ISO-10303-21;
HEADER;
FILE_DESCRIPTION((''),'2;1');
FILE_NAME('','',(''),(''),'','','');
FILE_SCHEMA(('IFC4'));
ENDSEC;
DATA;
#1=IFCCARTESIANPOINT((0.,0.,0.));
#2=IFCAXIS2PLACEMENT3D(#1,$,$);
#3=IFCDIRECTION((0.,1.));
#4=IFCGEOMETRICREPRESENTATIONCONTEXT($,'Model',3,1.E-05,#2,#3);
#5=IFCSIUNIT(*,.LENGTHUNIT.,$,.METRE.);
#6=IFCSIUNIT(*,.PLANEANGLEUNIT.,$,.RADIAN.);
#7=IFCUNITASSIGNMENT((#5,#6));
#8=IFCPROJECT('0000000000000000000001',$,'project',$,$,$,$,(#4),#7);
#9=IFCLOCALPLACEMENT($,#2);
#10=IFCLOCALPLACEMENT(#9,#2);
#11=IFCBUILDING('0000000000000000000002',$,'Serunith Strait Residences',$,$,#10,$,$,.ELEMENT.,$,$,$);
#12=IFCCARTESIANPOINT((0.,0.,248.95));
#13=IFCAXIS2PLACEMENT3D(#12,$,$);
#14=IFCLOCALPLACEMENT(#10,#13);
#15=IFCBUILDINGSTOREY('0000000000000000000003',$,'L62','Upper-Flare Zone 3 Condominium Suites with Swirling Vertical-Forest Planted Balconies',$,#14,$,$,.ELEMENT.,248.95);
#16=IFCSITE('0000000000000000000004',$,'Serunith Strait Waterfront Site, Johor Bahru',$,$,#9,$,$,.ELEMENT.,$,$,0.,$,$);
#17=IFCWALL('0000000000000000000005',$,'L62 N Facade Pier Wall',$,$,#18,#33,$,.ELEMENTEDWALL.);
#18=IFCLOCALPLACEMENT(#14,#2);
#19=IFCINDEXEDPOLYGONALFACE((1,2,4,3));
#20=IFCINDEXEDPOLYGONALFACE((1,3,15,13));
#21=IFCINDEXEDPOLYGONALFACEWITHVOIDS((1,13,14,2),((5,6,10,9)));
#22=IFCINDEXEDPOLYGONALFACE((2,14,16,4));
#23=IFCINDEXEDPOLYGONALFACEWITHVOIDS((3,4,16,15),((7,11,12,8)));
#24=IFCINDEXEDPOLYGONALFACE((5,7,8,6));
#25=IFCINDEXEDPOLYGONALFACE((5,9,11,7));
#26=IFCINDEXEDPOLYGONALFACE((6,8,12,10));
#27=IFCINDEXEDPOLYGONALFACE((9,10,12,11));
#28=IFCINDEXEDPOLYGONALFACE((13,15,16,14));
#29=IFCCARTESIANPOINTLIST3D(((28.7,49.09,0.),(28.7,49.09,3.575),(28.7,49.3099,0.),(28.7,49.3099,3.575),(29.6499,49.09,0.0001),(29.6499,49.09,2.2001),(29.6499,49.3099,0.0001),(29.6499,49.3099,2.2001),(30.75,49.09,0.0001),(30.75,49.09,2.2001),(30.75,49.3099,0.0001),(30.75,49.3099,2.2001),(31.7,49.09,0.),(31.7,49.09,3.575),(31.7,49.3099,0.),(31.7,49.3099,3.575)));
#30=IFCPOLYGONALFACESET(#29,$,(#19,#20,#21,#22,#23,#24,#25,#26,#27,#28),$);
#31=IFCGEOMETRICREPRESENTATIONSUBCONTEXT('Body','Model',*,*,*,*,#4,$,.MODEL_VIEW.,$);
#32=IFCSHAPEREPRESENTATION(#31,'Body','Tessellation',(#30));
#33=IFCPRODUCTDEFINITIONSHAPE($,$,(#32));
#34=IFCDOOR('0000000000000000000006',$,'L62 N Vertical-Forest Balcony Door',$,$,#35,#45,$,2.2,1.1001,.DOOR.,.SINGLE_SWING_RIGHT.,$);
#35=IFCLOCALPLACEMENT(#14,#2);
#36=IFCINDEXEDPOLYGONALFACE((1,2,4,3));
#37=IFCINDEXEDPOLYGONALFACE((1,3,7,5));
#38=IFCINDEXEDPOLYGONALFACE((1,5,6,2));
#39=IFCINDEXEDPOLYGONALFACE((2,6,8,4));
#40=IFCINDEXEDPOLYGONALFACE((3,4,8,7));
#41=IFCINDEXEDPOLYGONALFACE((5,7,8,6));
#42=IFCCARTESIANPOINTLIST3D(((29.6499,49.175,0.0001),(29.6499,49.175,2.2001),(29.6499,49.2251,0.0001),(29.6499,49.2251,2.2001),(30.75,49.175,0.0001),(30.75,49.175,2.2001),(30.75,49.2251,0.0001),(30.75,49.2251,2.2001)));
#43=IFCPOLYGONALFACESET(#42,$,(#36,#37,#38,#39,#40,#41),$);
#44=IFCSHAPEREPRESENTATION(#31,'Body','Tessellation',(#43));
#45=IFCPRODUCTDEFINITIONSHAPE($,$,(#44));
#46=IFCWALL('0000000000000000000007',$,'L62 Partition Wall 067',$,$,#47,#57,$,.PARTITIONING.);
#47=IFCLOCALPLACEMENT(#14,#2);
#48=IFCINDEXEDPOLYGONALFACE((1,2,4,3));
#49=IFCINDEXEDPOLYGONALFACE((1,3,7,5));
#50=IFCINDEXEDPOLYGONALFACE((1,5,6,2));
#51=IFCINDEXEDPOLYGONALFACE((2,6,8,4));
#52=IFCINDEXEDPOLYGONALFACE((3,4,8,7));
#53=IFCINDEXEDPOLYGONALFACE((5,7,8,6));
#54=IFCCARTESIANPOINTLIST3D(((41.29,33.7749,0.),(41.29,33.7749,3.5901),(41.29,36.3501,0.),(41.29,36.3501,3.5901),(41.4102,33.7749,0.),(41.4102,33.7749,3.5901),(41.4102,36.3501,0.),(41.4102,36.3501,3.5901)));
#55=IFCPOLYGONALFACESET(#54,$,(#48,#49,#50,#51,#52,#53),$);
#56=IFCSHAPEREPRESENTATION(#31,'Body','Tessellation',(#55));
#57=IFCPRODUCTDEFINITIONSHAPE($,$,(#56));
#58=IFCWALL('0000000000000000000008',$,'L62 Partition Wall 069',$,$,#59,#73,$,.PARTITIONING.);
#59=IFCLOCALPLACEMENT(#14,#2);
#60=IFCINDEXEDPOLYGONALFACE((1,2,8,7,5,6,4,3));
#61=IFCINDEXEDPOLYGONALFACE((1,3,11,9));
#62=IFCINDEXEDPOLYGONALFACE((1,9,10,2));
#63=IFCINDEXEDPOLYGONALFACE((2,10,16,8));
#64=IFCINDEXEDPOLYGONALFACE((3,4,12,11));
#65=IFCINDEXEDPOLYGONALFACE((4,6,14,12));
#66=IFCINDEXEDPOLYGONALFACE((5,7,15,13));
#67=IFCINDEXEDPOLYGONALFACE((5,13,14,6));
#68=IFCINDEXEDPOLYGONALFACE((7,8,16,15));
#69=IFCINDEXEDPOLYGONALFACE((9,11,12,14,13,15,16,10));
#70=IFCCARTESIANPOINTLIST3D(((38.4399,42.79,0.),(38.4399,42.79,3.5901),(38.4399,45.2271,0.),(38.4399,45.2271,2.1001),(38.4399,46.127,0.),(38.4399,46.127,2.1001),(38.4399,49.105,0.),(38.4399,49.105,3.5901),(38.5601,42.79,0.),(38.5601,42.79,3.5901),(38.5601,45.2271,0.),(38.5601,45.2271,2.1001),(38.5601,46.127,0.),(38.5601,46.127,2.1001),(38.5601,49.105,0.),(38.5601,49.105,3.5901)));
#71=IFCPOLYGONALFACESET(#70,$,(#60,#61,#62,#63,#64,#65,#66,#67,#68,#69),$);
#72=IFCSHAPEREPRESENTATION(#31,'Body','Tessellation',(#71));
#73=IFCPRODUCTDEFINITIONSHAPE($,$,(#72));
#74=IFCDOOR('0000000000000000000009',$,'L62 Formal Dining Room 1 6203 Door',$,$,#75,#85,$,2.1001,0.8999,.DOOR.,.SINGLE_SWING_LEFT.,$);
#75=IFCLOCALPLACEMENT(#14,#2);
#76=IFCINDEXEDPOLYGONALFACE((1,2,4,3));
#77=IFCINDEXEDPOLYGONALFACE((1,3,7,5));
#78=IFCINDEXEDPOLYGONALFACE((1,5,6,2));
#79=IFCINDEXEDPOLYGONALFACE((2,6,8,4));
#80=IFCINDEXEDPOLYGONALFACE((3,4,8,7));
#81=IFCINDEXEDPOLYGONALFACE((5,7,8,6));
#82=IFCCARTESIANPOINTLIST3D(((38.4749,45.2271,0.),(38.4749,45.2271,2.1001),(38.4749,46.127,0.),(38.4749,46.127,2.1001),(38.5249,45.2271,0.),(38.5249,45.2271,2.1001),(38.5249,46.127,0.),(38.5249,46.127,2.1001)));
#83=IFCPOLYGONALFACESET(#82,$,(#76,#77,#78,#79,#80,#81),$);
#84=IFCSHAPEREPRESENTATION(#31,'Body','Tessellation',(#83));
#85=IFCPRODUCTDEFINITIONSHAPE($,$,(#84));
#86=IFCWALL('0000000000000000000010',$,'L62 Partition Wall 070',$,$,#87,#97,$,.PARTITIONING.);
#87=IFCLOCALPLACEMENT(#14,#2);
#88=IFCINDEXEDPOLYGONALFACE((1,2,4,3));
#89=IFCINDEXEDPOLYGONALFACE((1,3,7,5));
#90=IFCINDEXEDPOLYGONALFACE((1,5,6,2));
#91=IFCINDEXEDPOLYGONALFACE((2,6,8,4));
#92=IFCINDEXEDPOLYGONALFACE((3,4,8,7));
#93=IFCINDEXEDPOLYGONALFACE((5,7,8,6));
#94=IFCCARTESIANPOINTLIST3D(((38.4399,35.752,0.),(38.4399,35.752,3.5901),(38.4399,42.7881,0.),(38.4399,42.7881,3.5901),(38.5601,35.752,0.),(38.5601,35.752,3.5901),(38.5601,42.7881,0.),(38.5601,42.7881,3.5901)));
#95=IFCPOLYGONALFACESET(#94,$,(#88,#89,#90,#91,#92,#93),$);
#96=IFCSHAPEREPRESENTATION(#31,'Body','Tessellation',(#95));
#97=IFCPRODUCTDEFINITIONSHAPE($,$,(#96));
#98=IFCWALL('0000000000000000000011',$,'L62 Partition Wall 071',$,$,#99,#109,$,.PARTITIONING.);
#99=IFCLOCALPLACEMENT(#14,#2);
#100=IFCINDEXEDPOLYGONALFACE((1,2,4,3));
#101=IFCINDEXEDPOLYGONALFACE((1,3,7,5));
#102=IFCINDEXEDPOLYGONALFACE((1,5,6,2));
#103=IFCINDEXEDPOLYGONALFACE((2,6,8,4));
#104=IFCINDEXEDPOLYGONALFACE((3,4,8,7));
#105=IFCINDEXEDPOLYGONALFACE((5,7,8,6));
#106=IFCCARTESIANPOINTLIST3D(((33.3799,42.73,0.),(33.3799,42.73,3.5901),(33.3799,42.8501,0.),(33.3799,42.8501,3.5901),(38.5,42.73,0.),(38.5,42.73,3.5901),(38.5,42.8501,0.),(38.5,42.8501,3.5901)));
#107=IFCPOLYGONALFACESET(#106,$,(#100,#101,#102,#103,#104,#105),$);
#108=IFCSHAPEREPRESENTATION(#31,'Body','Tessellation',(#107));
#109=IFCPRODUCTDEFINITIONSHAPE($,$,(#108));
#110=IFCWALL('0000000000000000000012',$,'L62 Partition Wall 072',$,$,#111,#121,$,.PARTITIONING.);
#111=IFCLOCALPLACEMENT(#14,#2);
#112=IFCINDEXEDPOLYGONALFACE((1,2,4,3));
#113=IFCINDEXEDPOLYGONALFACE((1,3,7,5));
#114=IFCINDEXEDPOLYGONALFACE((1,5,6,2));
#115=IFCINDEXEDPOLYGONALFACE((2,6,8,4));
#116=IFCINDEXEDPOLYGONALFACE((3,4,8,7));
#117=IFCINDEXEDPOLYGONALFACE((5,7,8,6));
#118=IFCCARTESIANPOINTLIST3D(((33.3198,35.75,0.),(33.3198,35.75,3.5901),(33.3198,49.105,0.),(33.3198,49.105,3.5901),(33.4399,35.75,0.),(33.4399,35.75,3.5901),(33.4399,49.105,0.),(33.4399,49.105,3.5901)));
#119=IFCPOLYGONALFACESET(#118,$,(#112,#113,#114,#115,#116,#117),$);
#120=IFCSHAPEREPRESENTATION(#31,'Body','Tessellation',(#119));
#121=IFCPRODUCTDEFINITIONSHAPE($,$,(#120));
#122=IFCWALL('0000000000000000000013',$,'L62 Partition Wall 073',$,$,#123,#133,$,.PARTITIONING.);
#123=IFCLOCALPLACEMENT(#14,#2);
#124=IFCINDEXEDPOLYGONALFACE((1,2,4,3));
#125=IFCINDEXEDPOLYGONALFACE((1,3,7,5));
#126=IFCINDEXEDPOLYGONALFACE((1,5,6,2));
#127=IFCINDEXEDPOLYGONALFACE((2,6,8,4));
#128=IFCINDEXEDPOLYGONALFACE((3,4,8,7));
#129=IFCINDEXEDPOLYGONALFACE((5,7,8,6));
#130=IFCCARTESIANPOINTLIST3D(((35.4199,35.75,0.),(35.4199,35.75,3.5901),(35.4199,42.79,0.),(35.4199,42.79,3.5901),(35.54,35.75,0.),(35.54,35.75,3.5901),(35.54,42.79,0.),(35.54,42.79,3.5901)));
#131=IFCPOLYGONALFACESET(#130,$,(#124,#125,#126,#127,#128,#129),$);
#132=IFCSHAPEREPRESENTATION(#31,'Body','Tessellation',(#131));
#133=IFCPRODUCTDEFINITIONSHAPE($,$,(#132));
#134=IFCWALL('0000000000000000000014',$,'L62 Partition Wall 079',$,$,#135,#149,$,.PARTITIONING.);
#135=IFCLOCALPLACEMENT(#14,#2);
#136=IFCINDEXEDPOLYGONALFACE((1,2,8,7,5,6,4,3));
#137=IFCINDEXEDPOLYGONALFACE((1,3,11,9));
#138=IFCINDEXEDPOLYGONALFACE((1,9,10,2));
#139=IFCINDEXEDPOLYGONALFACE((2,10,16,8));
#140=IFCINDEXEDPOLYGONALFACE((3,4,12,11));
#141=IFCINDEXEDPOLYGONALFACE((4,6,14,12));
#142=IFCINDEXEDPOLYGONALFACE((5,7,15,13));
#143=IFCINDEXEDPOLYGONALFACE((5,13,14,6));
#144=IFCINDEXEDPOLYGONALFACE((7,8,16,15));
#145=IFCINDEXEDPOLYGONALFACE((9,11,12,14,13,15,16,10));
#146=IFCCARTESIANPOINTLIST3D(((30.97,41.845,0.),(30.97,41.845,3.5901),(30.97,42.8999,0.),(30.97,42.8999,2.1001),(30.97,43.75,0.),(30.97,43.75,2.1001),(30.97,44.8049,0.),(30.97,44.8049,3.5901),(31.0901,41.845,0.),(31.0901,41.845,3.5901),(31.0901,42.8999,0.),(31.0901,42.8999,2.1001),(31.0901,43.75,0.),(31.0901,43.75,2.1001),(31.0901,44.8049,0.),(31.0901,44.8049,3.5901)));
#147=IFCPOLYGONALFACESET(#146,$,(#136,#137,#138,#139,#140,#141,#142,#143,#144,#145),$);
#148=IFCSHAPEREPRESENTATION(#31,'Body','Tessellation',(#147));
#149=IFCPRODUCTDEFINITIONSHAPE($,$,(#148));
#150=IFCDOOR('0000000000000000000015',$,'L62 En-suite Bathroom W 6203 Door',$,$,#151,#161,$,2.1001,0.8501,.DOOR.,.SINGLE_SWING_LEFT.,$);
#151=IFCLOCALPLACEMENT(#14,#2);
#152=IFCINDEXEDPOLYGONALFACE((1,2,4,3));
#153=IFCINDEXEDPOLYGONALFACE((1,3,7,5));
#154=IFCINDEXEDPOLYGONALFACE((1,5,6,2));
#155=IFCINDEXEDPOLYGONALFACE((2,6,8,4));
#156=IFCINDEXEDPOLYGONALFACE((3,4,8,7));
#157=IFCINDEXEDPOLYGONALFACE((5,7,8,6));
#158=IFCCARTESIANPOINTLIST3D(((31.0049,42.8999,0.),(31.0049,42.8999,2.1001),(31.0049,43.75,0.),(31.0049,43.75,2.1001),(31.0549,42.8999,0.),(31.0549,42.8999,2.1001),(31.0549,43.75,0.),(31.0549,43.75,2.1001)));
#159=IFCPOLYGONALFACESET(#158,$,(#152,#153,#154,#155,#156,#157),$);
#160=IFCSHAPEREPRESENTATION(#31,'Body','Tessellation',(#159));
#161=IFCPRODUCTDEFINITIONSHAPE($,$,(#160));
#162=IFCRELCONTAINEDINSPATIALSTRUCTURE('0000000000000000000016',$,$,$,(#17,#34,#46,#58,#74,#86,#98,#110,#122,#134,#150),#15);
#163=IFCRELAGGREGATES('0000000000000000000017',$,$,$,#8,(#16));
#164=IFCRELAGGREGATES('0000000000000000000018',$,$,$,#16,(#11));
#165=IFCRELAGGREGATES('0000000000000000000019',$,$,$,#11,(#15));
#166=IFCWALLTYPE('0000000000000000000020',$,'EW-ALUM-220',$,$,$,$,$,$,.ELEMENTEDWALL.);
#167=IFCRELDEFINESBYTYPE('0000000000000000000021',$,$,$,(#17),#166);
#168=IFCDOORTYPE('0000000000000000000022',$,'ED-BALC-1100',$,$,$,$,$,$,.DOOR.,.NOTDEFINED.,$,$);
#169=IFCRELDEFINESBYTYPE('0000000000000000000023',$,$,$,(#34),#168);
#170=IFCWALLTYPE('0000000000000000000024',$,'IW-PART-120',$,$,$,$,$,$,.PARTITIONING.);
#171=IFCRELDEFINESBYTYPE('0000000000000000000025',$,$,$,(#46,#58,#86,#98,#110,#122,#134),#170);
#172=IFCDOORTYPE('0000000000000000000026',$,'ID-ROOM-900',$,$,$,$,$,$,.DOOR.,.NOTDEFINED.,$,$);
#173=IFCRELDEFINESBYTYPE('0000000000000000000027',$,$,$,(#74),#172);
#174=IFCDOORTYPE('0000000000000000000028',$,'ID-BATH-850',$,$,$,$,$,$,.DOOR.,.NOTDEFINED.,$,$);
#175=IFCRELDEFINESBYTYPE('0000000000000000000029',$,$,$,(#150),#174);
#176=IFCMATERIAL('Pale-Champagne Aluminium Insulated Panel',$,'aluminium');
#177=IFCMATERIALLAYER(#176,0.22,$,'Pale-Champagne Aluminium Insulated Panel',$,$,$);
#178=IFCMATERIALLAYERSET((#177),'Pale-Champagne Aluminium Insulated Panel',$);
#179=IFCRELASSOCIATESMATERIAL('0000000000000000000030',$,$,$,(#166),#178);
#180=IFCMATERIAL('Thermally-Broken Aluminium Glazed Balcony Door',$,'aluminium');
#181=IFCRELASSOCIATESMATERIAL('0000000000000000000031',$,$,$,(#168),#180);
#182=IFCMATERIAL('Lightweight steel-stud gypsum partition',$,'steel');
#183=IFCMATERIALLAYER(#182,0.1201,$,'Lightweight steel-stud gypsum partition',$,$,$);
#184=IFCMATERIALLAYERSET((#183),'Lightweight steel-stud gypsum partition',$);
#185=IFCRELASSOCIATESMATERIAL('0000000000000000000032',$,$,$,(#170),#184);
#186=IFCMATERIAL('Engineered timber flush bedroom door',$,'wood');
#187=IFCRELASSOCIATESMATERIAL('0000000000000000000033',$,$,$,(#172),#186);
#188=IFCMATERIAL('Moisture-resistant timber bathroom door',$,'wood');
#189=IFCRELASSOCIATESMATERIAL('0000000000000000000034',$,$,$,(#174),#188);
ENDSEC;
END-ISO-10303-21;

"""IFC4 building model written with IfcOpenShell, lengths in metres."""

from ifc_helpers import new_model, si_unit, direction, frame, frame_2d, origin, place, context, subcontext, project, spatial, rectangle, extrude, source, transform, mapped, material, layer, layer_set, type_object, element, fill, save


model = new_model("IFC4")

# Units and contexts
model_context = context("Model", 3, precision=1e-05, world=origin(), true_north=direction((0.0, 1.0)))
body_context = subcontext(model_context, "Body", "Model", "MODEL_VIEW")
ifc_project = project(units=[si_unit("LENGTHUNIT", "METRE"), si_unit("PLANEANGLEUNIT", "RADIAN")], contexts=[model_context])

# Site, building, storey
site_placement = place(None, origin())
site = spatial("IfcSite", under=ifc_project, at=site_placement, Name="Serunith Strait Waterfront Site, Johor Bahru", CompositionType="ELEMENT", RefElevation=0.0)
building_placement = place(site_placement, origin())
building = spatial("IfcBuilding", under=site, at=building_placement, Name="Serunith Strait Residences", CompositionType="ELEMENT")
storey_placement = place(building_placement, frame((0.0, 0.0, 248.95)))
storey = spatial("IfcBuildingStorey", under=building, at=storey_placement, Name="L62", Description="Upper-Flare Zone 3 Condominium Suites with Swirling Vertical-Forest Planted Balconies", CompositionType="ELEMENT", Elevation=248.95)

# Wall, opening, door
ifc_material_1 = material(Name="Pale-Champagne Aluminium Insulated Panel", Category="aluminium")
ifc_layer_1 = layer(ifc_material_1, 0.22, Name="Pale-Champagne Aluminium Insulated Panel")
ifc_layer_set_1 = layer_set([ifc_layer_1], Name="Pale-Champagne Aluminium Insulated Panel")
wall_type_1 = type_object("IfcWallType", Name="EW-ALUM-220", PredefinedType="ELEMENTEDWALL", material=ifc_layer_set_1)
wall_1_placement = place(storey_placement, frame((31.7, 49.2, 0.0), z_axis=(0.0, 0.0, 1.0), x_axis=(-1.0, 0.0, 0.0)))
wall_1 = element("IfcWall", 1, at=wall_1_placement, inside=storey, type_object=wall_type_1, Name="L62 N Facade Pier Wall", PredefinedType="ELEMENTEDWALL", context=body_context, shape_type="SweptSolid", body=[
    extrude(rectangle(XDim=3.0, YDim=0.22, at=frame_2d((1.5, 0.0))), origin(), (0.0, 0.0, 1.0), 3.575),
])
opening_1_placement = place(wall_1_placement, frame((0.95, 0.0, 0.0)))
opening_1 = element("IfcOpeningElement", 2, at=opening_1_placement, cuts=wall_1, PredefinedType="OPENING", context=body_context, shape_type="SweptSolid", body=[
    extrude(rectangle(XDim=1.1001, YDim=2.2, at=frame_2d((0.55, 1.1001))), frame((0.0, 0.1201, 0.0), z_axis=(0.0, -1.0, 0.0), x_axis=(1.0, 0.0, 0.0)), (0.0, 0.0, 1.0), 0.24),
])
ifc_material_2 = material(Name="Thermally-Broken Aluminium Glazed Balcony Door", Category="aluminium")
door_type_1 = type_object("IfcDoorType", Name="ED-BALC-1100", OperationType="NOTDEFINED", PredefinedType="DOOR", material=ifc_material_2)
shared_shape_1 = source(origin(), body_context, "Body", "SweptSolid", [
    extrude(rectangle(XDim=1.1001, YDim=2.2, at=frame_2d((0.55, 1.1001))), frame((0.0, 0.0249, 0.0), z_axis=(0.0, -1.0, 0.0), x_axis=(1.0, 0.0, 0.0)), (0.0, 0.0, 1.0), 0.05),
])
door_1_placement = place(opening_1_placement, origin())
door_1 = element("IfcDoor", 3, at=door_1_placement, inside=storey, type_object=door_type_1, Name="L62 N Vertical-Forest Balcony Door", OperationType="SINGLE_SWING_RIGHT", OverallHeight=2.2, OverallWidth=1.1001, PredefinedType="DOOR", context=body_context, shape_type="MappedRepresentation", body=[
    mapped(shared_shape_1, transform((0.0, 0.0, 0.0), scale=1.0)),
])
fill(opening_1, door_1)

# Wall
ifc_material_3 = material(Name="Lightweight steel-stud gypsum partition", Category="steel")
ifc_layer_2 = layer(ifc_material_3, 0.1201, Name="Lightweight steel-stud gypsum partition")
ifc_layer_set_2 = layer_set([ifc_layer_2], Name="Lightweight steel-stud gypsum partition")
wall_type_2 = type_object("IfcWallType", Name="IW-PART-120", PredefinedType="PARTITIONING", material=ifc_layer_set_2)
wall_2_placement = place(storey_placement, frame((41.3501, 36.3501, 0.0), z_axis=(0.0, 0.0, 1.0), x_axis=(0.0, -1.0, 0.0)))
element("IfcWall", 4, at=wall_2_placement, inside=storey, type_object=wall_type_2, Name="L62 Partition Wall 067", PredefinedType="PARTITIONING", context=body_context, shape_type="SweptSolid", body=[
    extrude(rectangle(XDim=2.5752, YDim=0.1201, at=frame_2d((1.2876, 0.0))), origin(), (0.0, 0.0, 1.0), 3.5901),
])

# Wall, opening, door
wall_3_placement = place(storey_placement, frame((38.5, 49.105, 0.0), z_axis=(0.0, 0.0, 1.0), x_axis=(0.0, -1.0, 0.0)))
wall_3 = element("IfcWall", 5, at=wall_3_placement, inside=storey, type_object=wall_type_2, Name="L62 Partition Wall 069", PredefinedType="PARTITIONING", context=body_context, shape_type="SweptSolid", body=[
    extrude(rectangle(XDim=6.3149, YDim=0.1201, at=frame_2d((3.1575, 0.0))), origin(), (0.0, 0.0, 1.0), 3.5901),
])
opening_2_placement = place(wall_3_placement, frame((2.978, 0.0, 0.0)))
opening_2 = element("IfcOpeningElement", 6, at=opening_2_placement, cuts=wall_3, PredefinedType="OPENING", context=body_context, shape_type="SweptSolid", body=[
    extrude(rectangle(XDim=0.8999, YDim=2.1001, at=frame_2d((0.45, 1.05))), frame((0.0, 0.0701, 0.0), z_axis=(0.0, -1.0, 0.0), x_axis=(1.0, 0.0, 0.0)), (0.0, 0.0, 1.0), 0.1401),
])
ifc_material_4 = material(Name="Engineered timber flush bedroom door", Category="wood")
door_type_2 = type_object("IfcDoorType", Name="ID-ROOM-900", OperationType="NOTDEFINED", PredefinedType="DOOR", material=ifc_material_4)
shared_shape_2 = source(origin(), body_context, "Body", "SweptSolid", [
    extrude(rectangle(XDim=0.8999, YDim=2.1001, at=frame_2d((0.45, 1.05))), frame((0.0, 0.0249, 0.0), z_axis=(0.0, -1.0, 0.0), x_axis=(1.0, 0.0, 0.0)), (0.0, 0.0, 1.0), 0.05),
])
door_2_placement = place(opening_2_placement, origin())
door_2 = element("IfcDoor", 7, at=door_2_placement, inside=storey, type_object=door_type_2, Name="L62 Formal Dining Room 1 6203 Door", OperationType="SINGLE_SWING_LEFT", OverallHeight=2.1001, OverallWidth=0.8999, PredefinedType="DOOR", context=body_context, shape_type="MappedRepresentation", body=[
    mapped(shared_shape_2, transform((0.0, 0.0, 0.0), scale=1.0)),
])
fill(opening_2, door_2)

# Walls
wall_4_placement = place(storey_placement, frame((38.5, 42.7881, 0.0), z_axis=(0.0, 0.0, 1.0), x_axis=(0.0, -1.0, 0.0)))
element("IfcWall", 8, at=wall_4_placement, inside=storey, type_object=wall_type_2, Name="L62 Partition Wall 070", PredefinedType="PARTITIONING", context=body_context, shape_type="SweptSolid", body=[
    extrude(rectangle(XDim=7.0361, YDim=0.1201, at=frame_2d((3.5181, 0.0))), origin(), (0.0, 0.0, 1.0), 3.5901),
])
wall_5_placement = place(storey_placement, frame((33.3799, 42.79, 0.0), z_axis=(0.0, 0.0, 1.0), x_axis=(1.0, 0.0, 0.0)))
element("IfcWall", 9, at=wall_5_placement, inside=storey, type_object=wall_type_2, Name="L62 Partition Wall 071", PredefinedType="PARTITIONING", context=body_context, shape_type="SweptSolid", body=[
    extrude(rectangle(XDim=5.1201, YDim=0.1201, at=frame_2d((2.5601, 0.0))), origin(), (0.0, 0.0, 1.0), 3.5901),
])
wall_6_placement = place(storey_placement, frame((33.3799, 49.105, 0.0), z_axis=(0.0, 0.0, 1.0), x_axis=(0.0, -1.0, 0.0)))
element("IfcWall", 10, at=wall_6_placement, inside=storey, type_object=wall_type_2, Name="L62 Partition Wall 072", PredefinedType="PARTITIONING", context=body_context, shape_type="SweptSolid", body=[
    extrude(rectangle(XDim=13.355, YDim=0.1201, at=frame_2d((6.6775, 0.0))), origin(), (0.0, 0.0, 1.0), 3.5901),
])
wall_7_placement = place(storey_placement, frame((35.48, 42.79, 0.0), z_axis=(0.0, 0.0, 1.0), x_axis=(0.0, -1.0, 0.0)))
element("IfcWall", 11, at=wall_7_placement, inside=storey, type_object=wall_type_2, Name="L62 Partition Wall 073", PredefinedType="PARTITIONING", context=body_context, shape_type="SweptSolid", body=[
    extrude(rectangle(XDim=7.04, YDim=0.1201, at=frame_2d((3.52, 0.0))), origin(), (0.0, 0.0, 1.0), 3.5901),
])

# Wall, opening, door
wall_8_placement = place(storey_placement, frame((31.03, 44.8049, 0.0), z_axis=(0.0, 0.0, 1.0), x_axis=(0.0, -1.0, 0.0)))
wall_8 = element("IfcWall", 12, at=wall_8_placement, inside=storey, type_object=wall_type_2, Name="L62 Partition Wall 079", PredefinedType="PARTITIONING", context=body_context, shape_type="SweptSolid", body=[
    extrude(rectangle(XDim=2.96, YDim=0.1201, at=frame_2d((1.48, 0.0))), origin(), (0.0, 0.0, 1.0), 3.5901),
])
opening_3_placement = place(wall_8_placement, frame((1.0549, 0.0, 0.0)))
opening_3 = element("IfcOpeningElement", 13, at=opening_3_placement, cuts=wall_8, PredefinedType="OPENING", context=body_context, shape_type="SweptSolid", body=[
    extrude(rectangle(XDim=0.8501, YDim=2.1001, at=frame_2d((0.425, 1.05))), frame((0.0, 0.0701, 0.0), z_axis=(0.0, -1.0, 0.0), x_axis=(1.0, 0.0, 0.0)), (0.0, 0.0, 1.0), 0.1401),
])
ifc_material_5 = material(Name="Moisture-resistant timber bathroom door", Category="wood")
door_type_3 = type_object("IfcDoorType", Name="ID-BATH-850", OperationType="NOTDEFINED", PredefinedType="DOOR", material=ifc_material_5)
shared_shape_3 = source(origin(), body_context, "Body", "SweptSolid", [
    extrude(rectangle(XDim=0.8501, YDim=2.1001, at=frame_2d((0.425, 1.05))), frame((0.0, 0.0249, 0.0), z_axis=(0.0, -1.0, 0.0), x_axis=(1.0, 0.0, 0.0)), (0.0, 0.0, 1.0), 0.05),
])
door_3_placement = place(opening_3_placement, origin())
door_3 = element("IfcDoor", 14, at=door_3_placement, inside=storey, type_object=door_type_3, Name="L62 En-suite Bathroom W 6203 Door", OperationType="SINGLE_SWING_LEFT", OverallHeight=2.1001, OverallWidth=0.8501, PredefinedType="DOOR", context=body_context, shape_type="MappedRepresentation", body=[
    mapped(shared_shape_3, transform((0.0, 0.0, 0.0), scale=1.0)),
])
fill(opening_3, door_3)

save(model, "model.ifc")
